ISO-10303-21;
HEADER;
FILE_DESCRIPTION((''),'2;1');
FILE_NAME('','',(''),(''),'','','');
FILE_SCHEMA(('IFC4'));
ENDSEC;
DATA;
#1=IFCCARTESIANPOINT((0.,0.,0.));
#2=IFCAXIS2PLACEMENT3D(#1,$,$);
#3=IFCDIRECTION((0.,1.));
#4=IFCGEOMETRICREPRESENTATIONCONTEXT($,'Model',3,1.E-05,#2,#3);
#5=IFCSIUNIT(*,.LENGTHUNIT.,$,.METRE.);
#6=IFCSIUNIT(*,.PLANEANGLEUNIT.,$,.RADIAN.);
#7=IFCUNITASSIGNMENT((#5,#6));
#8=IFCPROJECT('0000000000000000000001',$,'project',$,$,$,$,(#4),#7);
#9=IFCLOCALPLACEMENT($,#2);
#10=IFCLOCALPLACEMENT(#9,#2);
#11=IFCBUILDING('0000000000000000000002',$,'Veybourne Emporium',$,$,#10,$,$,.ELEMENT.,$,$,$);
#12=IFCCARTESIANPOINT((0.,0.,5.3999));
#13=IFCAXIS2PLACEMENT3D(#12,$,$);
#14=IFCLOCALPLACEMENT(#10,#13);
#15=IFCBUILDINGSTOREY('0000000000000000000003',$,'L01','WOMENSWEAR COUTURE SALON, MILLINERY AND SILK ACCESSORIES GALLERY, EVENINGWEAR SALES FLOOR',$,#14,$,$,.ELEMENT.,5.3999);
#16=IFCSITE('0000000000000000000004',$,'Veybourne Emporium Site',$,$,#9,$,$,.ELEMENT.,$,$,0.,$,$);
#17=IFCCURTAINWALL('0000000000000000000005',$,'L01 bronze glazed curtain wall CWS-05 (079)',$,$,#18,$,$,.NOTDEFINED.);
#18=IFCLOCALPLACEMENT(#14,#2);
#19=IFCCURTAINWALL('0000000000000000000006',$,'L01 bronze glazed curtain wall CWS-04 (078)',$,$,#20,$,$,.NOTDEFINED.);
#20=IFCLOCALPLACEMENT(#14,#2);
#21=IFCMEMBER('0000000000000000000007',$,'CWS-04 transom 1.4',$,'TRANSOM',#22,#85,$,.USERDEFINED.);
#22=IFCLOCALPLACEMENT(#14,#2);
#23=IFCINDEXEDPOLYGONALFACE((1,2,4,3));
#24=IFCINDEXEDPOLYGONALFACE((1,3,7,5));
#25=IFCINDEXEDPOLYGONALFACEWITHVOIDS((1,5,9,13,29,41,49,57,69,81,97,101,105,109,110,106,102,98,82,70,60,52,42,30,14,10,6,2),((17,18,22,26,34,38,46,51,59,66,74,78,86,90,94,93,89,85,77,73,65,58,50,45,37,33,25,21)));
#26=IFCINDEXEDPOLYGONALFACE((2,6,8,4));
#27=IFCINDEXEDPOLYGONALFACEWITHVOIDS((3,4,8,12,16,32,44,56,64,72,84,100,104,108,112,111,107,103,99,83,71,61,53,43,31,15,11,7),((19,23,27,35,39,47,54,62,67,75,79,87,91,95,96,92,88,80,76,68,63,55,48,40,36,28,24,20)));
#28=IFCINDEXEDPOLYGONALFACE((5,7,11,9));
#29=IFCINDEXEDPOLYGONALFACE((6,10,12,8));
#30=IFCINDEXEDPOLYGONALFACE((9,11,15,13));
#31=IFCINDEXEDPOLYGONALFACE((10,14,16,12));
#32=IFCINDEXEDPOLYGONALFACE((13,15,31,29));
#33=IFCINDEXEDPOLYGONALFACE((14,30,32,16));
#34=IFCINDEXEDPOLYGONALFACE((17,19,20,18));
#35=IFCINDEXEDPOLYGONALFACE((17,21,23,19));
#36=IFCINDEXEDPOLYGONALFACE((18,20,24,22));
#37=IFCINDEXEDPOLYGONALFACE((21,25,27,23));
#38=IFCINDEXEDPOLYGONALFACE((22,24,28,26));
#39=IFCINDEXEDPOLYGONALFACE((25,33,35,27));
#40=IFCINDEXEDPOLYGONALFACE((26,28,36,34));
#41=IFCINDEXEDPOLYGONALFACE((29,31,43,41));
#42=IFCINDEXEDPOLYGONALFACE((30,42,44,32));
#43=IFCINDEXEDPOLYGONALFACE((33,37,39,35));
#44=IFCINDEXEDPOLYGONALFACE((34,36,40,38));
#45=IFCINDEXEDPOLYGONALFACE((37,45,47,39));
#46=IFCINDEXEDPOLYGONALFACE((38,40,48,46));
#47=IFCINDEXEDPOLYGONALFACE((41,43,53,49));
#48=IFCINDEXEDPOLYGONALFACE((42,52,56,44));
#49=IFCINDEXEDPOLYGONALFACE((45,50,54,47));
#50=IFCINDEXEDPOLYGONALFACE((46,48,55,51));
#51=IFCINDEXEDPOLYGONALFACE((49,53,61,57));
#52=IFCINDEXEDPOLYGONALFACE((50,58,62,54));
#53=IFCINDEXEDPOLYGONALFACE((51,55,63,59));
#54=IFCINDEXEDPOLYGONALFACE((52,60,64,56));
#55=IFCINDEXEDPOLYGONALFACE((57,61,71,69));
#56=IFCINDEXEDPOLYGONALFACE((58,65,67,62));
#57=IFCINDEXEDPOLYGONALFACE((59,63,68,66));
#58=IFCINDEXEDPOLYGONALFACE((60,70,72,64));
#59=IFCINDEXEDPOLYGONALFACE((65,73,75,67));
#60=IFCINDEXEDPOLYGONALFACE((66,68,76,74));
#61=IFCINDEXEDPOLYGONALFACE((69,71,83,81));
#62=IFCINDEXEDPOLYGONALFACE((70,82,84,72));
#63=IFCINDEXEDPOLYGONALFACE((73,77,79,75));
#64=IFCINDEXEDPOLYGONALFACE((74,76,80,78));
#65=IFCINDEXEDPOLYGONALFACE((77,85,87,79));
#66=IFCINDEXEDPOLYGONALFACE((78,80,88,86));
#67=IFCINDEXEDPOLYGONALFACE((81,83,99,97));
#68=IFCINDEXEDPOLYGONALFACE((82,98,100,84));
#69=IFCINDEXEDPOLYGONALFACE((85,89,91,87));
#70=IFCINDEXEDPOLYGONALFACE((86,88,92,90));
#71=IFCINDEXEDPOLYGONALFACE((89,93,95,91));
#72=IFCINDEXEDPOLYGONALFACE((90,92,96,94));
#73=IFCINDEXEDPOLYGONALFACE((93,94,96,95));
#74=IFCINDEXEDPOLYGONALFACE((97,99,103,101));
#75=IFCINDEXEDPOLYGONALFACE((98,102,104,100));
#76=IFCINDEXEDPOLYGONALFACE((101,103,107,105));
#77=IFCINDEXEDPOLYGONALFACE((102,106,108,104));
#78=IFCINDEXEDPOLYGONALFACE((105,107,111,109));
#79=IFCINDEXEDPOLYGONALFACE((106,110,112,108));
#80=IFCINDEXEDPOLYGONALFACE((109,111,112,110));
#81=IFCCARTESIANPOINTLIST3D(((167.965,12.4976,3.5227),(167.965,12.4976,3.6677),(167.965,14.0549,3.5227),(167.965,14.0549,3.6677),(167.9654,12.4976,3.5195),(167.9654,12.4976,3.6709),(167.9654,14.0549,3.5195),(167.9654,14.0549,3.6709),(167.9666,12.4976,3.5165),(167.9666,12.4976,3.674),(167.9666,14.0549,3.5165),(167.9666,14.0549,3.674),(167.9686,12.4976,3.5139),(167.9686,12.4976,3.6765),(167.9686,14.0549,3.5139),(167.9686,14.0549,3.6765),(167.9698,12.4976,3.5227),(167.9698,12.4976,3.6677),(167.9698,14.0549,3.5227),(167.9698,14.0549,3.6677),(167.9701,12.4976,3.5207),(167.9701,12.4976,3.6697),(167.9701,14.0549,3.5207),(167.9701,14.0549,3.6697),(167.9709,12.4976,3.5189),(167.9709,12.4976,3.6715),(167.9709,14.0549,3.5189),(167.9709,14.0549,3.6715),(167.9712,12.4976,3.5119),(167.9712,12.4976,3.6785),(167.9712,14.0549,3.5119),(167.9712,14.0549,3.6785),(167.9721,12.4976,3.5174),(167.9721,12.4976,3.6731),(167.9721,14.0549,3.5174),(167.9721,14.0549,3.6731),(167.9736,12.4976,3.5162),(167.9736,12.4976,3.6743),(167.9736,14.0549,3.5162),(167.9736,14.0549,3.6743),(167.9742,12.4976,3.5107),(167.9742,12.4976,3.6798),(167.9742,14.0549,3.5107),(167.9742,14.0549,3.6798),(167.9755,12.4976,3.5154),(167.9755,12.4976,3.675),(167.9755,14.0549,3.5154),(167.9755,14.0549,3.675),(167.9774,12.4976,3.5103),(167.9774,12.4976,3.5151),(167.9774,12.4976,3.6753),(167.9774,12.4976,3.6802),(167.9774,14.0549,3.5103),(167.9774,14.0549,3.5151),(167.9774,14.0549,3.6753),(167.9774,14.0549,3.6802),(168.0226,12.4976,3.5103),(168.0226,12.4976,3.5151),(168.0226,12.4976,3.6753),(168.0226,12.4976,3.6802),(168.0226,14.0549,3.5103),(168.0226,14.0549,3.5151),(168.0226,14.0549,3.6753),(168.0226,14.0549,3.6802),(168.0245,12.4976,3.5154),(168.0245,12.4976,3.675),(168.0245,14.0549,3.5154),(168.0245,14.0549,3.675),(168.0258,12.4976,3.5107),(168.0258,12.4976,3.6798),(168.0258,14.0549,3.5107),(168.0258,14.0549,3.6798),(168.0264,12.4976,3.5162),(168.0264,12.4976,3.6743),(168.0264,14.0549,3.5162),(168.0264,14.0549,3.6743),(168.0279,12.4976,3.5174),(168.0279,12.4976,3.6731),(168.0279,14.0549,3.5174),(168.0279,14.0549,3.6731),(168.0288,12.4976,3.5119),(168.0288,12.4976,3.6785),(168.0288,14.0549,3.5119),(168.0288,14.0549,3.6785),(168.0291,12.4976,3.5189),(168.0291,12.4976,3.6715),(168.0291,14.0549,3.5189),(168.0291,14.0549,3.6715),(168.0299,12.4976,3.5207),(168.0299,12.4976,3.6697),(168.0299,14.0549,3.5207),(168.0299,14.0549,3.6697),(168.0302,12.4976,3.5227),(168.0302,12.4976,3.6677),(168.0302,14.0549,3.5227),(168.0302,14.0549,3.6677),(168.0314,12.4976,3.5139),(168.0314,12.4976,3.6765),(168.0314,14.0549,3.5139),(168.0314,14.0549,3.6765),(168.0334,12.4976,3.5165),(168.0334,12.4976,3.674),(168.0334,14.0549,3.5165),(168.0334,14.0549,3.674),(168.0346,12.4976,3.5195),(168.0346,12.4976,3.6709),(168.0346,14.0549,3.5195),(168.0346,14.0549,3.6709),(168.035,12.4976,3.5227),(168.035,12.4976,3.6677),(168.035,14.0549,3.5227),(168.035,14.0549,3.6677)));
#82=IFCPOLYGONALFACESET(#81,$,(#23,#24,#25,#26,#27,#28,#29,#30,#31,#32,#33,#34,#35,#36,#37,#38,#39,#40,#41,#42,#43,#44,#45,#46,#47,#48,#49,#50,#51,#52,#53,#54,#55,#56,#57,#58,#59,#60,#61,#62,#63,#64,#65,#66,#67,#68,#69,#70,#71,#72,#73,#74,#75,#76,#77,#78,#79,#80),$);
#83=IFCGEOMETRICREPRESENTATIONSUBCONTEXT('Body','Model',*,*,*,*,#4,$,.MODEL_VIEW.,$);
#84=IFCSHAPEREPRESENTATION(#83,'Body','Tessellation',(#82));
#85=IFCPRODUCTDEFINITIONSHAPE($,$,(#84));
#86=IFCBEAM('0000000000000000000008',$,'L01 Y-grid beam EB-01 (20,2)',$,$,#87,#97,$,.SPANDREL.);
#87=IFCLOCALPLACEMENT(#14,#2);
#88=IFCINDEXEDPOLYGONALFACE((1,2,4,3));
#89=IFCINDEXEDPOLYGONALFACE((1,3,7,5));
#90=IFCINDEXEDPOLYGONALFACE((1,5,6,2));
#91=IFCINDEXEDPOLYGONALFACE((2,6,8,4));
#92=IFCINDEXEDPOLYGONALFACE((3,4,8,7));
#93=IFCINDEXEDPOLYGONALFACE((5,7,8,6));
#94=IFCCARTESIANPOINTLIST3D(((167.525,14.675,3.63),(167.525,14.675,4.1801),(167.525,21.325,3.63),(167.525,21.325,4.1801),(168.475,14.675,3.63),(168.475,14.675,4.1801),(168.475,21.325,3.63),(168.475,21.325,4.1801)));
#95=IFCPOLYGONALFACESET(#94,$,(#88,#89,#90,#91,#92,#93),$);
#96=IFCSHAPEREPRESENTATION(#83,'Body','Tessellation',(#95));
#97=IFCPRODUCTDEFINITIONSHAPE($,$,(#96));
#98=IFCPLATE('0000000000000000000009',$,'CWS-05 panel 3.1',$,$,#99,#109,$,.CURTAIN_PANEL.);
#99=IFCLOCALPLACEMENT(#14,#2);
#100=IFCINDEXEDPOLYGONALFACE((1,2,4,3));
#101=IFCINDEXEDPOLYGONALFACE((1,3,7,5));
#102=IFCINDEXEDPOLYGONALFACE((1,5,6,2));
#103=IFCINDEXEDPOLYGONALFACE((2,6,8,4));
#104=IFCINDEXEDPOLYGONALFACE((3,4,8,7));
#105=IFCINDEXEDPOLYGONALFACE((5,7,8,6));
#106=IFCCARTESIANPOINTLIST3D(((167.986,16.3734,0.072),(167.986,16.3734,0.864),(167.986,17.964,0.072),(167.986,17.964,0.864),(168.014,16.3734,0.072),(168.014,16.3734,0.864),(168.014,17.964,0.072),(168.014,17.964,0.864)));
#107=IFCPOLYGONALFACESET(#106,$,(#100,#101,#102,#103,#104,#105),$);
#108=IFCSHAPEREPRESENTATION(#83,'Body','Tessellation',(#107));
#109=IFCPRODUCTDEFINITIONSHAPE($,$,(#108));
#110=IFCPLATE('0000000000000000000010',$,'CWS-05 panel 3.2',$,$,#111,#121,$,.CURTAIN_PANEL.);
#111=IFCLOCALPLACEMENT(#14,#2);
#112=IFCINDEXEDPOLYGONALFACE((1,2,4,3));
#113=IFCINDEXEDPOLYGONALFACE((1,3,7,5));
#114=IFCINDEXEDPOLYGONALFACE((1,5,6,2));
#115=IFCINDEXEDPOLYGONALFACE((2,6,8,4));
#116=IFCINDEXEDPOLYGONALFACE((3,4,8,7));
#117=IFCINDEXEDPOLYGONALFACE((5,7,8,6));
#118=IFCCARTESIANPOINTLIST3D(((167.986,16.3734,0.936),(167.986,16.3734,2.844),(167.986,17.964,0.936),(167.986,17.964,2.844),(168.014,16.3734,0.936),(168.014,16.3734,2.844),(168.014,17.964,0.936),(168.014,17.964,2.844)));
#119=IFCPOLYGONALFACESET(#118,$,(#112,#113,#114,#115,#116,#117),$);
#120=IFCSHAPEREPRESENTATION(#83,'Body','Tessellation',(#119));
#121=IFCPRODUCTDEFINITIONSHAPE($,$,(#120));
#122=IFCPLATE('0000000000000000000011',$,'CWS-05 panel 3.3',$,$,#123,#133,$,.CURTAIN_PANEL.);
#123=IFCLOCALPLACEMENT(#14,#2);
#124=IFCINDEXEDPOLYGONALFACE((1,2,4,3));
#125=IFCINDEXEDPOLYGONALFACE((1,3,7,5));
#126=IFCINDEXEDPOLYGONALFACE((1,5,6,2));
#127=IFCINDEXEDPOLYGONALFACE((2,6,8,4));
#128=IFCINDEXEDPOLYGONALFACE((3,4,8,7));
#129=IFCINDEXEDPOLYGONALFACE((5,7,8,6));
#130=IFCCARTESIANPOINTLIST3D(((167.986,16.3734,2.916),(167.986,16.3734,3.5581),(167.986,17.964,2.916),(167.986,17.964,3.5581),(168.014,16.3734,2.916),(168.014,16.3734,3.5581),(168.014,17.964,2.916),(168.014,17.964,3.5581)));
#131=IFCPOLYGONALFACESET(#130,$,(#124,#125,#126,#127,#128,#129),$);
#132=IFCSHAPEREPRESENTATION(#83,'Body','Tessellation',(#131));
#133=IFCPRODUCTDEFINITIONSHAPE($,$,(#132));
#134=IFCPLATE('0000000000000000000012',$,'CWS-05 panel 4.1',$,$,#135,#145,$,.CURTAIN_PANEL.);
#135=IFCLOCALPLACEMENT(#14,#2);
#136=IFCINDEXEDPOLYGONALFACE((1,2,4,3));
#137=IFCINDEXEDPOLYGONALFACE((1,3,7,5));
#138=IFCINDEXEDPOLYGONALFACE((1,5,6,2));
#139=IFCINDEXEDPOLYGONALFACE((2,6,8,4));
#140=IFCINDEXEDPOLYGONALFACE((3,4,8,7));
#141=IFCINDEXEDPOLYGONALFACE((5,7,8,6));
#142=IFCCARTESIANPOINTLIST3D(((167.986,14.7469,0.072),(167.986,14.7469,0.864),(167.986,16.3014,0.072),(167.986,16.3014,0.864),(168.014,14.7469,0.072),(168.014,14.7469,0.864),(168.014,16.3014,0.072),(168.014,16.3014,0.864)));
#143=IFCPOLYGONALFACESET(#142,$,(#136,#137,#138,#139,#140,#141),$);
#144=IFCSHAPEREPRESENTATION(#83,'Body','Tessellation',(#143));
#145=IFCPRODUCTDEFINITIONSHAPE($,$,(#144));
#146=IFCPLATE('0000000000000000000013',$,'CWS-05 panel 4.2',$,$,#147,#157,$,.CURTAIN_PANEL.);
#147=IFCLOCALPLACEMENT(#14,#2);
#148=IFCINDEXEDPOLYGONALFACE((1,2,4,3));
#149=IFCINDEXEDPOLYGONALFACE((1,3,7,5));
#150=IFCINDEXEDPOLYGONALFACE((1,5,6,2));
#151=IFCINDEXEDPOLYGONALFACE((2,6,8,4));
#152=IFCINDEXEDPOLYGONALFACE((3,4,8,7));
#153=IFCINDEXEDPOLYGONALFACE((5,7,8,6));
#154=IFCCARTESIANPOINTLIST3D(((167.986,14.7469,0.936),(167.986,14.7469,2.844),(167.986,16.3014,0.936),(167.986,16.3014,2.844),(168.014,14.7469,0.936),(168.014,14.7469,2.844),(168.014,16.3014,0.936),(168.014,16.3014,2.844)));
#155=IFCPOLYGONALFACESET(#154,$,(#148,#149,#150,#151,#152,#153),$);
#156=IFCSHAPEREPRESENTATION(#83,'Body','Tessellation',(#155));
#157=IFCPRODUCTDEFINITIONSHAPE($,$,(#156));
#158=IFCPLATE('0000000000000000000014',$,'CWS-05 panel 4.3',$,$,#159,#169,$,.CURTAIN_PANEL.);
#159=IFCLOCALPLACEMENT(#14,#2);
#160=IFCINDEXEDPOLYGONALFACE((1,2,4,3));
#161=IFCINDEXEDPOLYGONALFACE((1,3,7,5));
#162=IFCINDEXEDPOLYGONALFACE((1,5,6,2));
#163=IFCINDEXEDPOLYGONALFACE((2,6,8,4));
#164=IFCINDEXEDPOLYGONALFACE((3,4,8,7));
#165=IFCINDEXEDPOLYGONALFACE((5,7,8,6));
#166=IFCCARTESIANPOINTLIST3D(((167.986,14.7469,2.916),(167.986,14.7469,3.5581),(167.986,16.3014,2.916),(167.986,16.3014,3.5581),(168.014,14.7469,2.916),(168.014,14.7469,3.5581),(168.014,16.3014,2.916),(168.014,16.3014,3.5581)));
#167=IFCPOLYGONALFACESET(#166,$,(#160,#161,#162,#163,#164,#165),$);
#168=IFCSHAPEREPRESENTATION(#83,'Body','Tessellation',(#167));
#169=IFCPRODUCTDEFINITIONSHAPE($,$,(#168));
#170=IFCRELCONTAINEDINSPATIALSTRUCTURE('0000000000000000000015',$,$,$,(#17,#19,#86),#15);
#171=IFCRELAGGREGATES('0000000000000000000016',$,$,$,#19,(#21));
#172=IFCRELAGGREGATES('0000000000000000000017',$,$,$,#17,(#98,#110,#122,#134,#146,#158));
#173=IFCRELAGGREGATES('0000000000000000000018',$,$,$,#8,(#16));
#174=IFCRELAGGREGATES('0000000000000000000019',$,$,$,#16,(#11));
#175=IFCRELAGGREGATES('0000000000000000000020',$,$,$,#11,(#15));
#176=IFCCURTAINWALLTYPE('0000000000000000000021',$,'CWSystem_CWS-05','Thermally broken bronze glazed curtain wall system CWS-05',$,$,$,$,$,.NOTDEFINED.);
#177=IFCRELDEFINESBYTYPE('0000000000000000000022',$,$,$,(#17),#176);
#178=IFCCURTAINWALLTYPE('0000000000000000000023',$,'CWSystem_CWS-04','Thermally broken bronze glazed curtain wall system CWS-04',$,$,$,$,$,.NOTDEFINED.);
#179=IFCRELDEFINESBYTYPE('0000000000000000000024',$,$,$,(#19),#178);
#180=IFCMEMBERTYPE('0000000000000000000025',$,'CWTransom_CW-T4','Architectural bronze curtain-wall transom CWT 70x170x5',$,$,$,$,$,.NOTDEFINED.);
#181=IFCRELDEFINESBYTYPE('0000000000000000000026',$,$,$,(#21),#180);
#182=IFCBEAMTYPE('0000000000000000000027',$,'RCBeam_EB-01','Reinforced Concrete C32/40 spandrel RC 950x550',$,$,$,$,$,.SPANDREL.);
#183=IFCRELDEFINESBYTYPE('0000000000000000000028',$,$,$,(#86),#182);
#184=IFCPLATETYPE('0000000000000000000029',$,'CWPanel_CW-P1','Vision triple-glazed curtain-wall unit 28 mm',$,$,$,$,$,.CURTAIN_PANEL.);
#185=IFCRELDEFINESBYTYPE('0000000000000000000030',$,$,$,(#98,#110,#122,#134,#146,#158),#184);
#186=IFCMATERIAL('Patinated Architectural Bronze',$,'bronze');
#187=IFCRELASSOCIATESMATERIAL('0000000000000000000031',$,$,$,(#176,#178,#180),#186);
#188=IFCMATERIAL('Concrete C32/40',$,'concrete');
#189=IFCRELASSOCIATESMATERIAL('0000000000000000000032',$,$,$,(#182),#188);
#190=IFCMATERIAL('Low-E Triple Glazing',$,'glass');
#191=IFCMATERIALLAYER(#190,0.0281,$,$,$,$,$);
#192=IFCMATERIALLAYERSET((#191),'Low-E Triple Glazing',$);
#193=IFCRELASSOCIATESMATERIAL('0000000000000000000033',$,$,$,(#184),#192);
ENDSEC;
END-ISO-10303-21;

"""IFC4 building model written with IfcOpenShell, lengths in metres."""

from ifc_helpers import new_model, si_unit, direction, frame, origin, origin_2d, place, context, subcontext, project, spatial, rectangle, hollow_rectangle, extrude, material, layer, layer_set, material_profile, profile_set, type_object, element, aggregate, save


model = new_model("IFC4")

# Units and contexts
model_context = context("Model", 3, precision=1e-05, world=origin(), true_north=direction((0.0, 1.0)))
body_context = subcontext(model_context, "Body", "Model", "MODEL_VIEW")
ifc_project = project(units=[si_unit("LENGTHUNIT", "METRE"), si_unit("PLANEANGLEUNIT", "RADIAN")], contexts=[model_context])

# Site, building, storey
site_placement = place(None, origin())
site = spatial("IfcSite", under=ifc_project, at=site_placement, Name="Veybourne Emporium Site", CompositionType="ELEMENT", RefElevation=0.0)
building_placement = place(site_placement, origin())
building = spatial("IfcBuilding", under=site, at=building_placement, Name="Veybourne Emporium", CompositionType="ELEMENT")
storey_placement = place(building_placement, frame((0.0, 0.0, 5.3999)))
storey = spatial("IfcBuildingStorey", under=building, at=storey_placement, Name="L01", Description="WOMENSWEAR COUTURE SALON, MILLINERY AND SILK ACCESSORIES GALLERY, EVENINGWEAR SALES FLOOR", CompositionType="ELEMENT", Elevation=5.3999)

# Curtain wall
ifc_material_1 = material(Name="Patinated Architectural Bronze", Category="bronze")
curtain_wall_type_1 = type_object("IfcCurtainWallType", Name="CWSystem_CWS-05", Description="Thermally broken bronze glazed curtain wall system CWS-05", PredefinedType="NOTDEFINED", material=ifc_material_1)
curtain_wall_1_placement = place(storey_placement, origin())
curtain_wall_1 = element("IfcCurtainWall", 1, at=curtain_wall_1_placement, inside=storey, type_object=curtain_wall_type_1, Name="L01 bronze glazed curtain wall CWS-05 (079)", PredefinedType="NOTDEFINED")

# Curtain wall
curtain_wall_type_2 = type_object("IfcCurtainWallType", Name="CWSystem_CWS-04", Description="Thermally broken bronze glazed curtain wall system CWS-04", PredefinedType="NOTDEFINED", material=ifc_material_1)
curtain_wall_2_placement = place(storey_placement, origin())
curtain_wall_2 = element("IfcCurtainWall", 2, at=curtain_wall_2_placement, inside=storey, type_object=curtain_wall_type_2, Name="L01 bronze glazed curtain wall CWS-04 (078)", PredefinedType="NOTDEFINED")

# Member
ifc_material_profile_1 = material_profile(ifc_material_1, hollow_rectangle(XDim=0.0701, YDim=0.1699, WallThickness=0.0049, InnerFilletRadius=0.0076, OuterFilletRadius=0.0125, at=origin_2d()), Name="CWT 70x170x5")
ifc_profile_set_1 = profile_set([ifc_material_profile_1], Name="Patinated Architectural Bronze")
member_type_1 = type_object("IfcMemberType", Name="CWTransom_CW-T4", Description="Architectural bronze curtain-wall transom CWT 70x170x5", PredefinedType="NOTDEFINED", material=ifc_profile_set_1)
member_1_placement = place(storey_placement, frame((168.0, 14.0549, 3.5952), z_axis=(0.0, -1.0, 0.0), x_axis=(1.0, 0.0, 0.0)))
member_1 = element("IfcMember", 3, at=member_1_placement, type_object=member_type_1, Name="CWS-04 transom 1.4", ObjectType="TRANSOM", PredefinedType="USERDEFINED", context=body_context, shape_type="SweptSolid", body=[
    extrude(hollow_rectangle(XDim=0.0701, YDim=0.1699, WallThickness=0.0049, InnerFilletRadius=0.0076, OuterFilletRadius=0.0125, at=origin_2d()), origin(), (0.0, 0.0, 1.0), 1.5574),
])
aggregate(curtain_wall_2, [member_1])

# Beam
ifc_material_2 = material(Name="Concrete C32/40", Category="concrete")
ifc_material_profile_2 = material_profile(ifc_material_2, rectangle(XDim=0.95, YDim=0.55, at=origin_2d()), Name="RC 950x550")
ifc_profile_set_2 = profile_set([ifc_material_profile_2], Name="Concrete C32/40")
beam_type = type_object("IfcBeamType", Name="RCBeam_EB-01", Description="Reinforced Concrete C32/40 spandrel RC 950x550", PredefinedType="SPANDREL", material=ifc_profile_set_2)
beam_placement = place(storey_placement, frame((168.0, 14.675, 3.905), z_axis=(0.0, 1.0, 0.0), x_axis=(-1.0, 0.0, 0.0)))
element("IfcBeam", 4, at=beam_placement, inside=storey, type_object=beam_type, Name="L01 Y-grid beam EB-01 (20,2)", PredefinedType="SPANDREL", context=body_context, shape_type="SweptSolid", body=[
    extrude(rectangle(XDim=0.95, YDim=0.55, at=origin_2d()), origin(), (0.0, 0.0, 1.0), 6.6499),
])

# Plates
ifc_material_3 = material(Name="Low-E Triple Glazing", Category="glass")
ifc_layer = layer(ifc_material_3, 0.0281)
ifc_layer_set = layer_set([ifc_layer], Name="Low-E Triple Glazing")
plate_type = type_object("IfcPlateType", Name="CWPanel_CW-P1", Description="Vision triple-glazed curtain-wall unit 28 mm", PredefinedType="CURTAIN_PANEL", material=ifc_layer_set)
plate_1_placement = place(storey_placement, frame((168.0, 17.1687, 0.072), z_axis=(0.0, 0.0, 1.0), x_axis=(0.0, -1.0, 0.0)))
plate_1 = element("IfcPlate", 5, at=plate_1_placement, type_object=plate_type, Name="CWS-05 panel 3.1", PredefinedType="CURTAIN_PANEL", context=body_context, shape_type="SweptSolid", body=[
    extrude(rectangle(XDim=1.5906, YDim=0.0281, at=origin_2d()), origin(), (0.0, 0.0, 1.0), 0.792),
])
plate_2_placement = place(storey_placement, frame((168.0, 17.1687, 0.936), z_axis=(0.0, 0.0, 1.0), x_axis=(0.0, -1.0, 0.0)))
plate_2 = element("IfcPlate", 6, at=plate_2_placement, type_object=plate_type, Name="CWS-05 panel 3.2", PredefinedType="CURTAIN_PANEL", context=body_context, shape_type="SweptSolid", body=[
    extrude(rectangle(XDim=1.5906, YDim=0.0281, at=origin_2d()), origin(), (0.0, 0.0, 1.0), 1.908),
])
plate_3_placement = place(storey_placement, frame((168.0, 17.1687, 2.916), z_axis=(0.0, 0.0, 1.0), x_axis=(0.0, -1.0, 0.0)))
plate_3 = element("IfcPlate", 7, at=plate_3_placement, type_object=plate_type, Name="CWS-05 panel 3.3", PredefinedType="CURTAIN_PANEL", context=body_context, shape_type="SweptSolid", body=[
    extrude(rectangle(XDim=1.5906, YDim=0.0281, at=origin_2d()), origin(), (0.0, 0.0, 1.0), 0.6421),
])
plate_4_placement = place(storey_placement, frame((168.0, 15.5242, 0.072), z_axis=(0.0, 0.0, 1.0), x_axis=(0.0, -1.0, 0.0)))
plate_4 = element("IfcPlate", 8, at=plate_4_placement, type_object=plate_type, Name="CWS-05 panel 4.1", PredefinedType="CURTAIN_PANEL", context=body_context, shape_type="SweptSolid", body=[
    extrude(rectangle(XDim=1.5544, YDim=0.0281, at=origin_2d()), origin(), (0.0, 0.0, 1.0), 0.792),
])
plate_5_placement = place(storey_placement, frame((168.0, 15.5242, 0.936), z_axis=(0.0, 0.0, 1.0), x_axis=(0.0, -1.0, 0.0)))
plate_5 = element("IfcPlate", 9, at=plate_5_placement, type_object=plate_type, Name="CWS-05 panel 4.2", PredefinedType="CURTAIN_PANEL", context=body_context, shape_type="SweptSolid", body=[
    extrude(rectangle(XDim=1.5544, YDim=0.0281, at=origin_2d()), origin(), (0.0, 0.0, 1.0), 1.908),
])
plate_6_placement = place(storey_placement, frame((168.0, 15.5242, 2.916), z_axis=(0.0, 0.0, 1.0), x_axis=(0.0, -1.0, 0.0)))
plate_6 = element("IfcPlate", 10, at=plate_6_placement, type_object=plate_type, Name="CWS-05 panel 4.3", PredefinedType="CURTAIN_PANEL", context=body_context, shape_type="SweptSolid", body=[
    extrude(rectangle(XDim=1.5544, YDim=0.0281, at=origin_2d()), origin(), (0.0, 0.0, 1.0), 0.6421),
])
aggregate(curtain_wall_1, [plate_1, plate_2, plate_3, plate_4, plate_5, plate_6])

save(model, "model.ifc")
